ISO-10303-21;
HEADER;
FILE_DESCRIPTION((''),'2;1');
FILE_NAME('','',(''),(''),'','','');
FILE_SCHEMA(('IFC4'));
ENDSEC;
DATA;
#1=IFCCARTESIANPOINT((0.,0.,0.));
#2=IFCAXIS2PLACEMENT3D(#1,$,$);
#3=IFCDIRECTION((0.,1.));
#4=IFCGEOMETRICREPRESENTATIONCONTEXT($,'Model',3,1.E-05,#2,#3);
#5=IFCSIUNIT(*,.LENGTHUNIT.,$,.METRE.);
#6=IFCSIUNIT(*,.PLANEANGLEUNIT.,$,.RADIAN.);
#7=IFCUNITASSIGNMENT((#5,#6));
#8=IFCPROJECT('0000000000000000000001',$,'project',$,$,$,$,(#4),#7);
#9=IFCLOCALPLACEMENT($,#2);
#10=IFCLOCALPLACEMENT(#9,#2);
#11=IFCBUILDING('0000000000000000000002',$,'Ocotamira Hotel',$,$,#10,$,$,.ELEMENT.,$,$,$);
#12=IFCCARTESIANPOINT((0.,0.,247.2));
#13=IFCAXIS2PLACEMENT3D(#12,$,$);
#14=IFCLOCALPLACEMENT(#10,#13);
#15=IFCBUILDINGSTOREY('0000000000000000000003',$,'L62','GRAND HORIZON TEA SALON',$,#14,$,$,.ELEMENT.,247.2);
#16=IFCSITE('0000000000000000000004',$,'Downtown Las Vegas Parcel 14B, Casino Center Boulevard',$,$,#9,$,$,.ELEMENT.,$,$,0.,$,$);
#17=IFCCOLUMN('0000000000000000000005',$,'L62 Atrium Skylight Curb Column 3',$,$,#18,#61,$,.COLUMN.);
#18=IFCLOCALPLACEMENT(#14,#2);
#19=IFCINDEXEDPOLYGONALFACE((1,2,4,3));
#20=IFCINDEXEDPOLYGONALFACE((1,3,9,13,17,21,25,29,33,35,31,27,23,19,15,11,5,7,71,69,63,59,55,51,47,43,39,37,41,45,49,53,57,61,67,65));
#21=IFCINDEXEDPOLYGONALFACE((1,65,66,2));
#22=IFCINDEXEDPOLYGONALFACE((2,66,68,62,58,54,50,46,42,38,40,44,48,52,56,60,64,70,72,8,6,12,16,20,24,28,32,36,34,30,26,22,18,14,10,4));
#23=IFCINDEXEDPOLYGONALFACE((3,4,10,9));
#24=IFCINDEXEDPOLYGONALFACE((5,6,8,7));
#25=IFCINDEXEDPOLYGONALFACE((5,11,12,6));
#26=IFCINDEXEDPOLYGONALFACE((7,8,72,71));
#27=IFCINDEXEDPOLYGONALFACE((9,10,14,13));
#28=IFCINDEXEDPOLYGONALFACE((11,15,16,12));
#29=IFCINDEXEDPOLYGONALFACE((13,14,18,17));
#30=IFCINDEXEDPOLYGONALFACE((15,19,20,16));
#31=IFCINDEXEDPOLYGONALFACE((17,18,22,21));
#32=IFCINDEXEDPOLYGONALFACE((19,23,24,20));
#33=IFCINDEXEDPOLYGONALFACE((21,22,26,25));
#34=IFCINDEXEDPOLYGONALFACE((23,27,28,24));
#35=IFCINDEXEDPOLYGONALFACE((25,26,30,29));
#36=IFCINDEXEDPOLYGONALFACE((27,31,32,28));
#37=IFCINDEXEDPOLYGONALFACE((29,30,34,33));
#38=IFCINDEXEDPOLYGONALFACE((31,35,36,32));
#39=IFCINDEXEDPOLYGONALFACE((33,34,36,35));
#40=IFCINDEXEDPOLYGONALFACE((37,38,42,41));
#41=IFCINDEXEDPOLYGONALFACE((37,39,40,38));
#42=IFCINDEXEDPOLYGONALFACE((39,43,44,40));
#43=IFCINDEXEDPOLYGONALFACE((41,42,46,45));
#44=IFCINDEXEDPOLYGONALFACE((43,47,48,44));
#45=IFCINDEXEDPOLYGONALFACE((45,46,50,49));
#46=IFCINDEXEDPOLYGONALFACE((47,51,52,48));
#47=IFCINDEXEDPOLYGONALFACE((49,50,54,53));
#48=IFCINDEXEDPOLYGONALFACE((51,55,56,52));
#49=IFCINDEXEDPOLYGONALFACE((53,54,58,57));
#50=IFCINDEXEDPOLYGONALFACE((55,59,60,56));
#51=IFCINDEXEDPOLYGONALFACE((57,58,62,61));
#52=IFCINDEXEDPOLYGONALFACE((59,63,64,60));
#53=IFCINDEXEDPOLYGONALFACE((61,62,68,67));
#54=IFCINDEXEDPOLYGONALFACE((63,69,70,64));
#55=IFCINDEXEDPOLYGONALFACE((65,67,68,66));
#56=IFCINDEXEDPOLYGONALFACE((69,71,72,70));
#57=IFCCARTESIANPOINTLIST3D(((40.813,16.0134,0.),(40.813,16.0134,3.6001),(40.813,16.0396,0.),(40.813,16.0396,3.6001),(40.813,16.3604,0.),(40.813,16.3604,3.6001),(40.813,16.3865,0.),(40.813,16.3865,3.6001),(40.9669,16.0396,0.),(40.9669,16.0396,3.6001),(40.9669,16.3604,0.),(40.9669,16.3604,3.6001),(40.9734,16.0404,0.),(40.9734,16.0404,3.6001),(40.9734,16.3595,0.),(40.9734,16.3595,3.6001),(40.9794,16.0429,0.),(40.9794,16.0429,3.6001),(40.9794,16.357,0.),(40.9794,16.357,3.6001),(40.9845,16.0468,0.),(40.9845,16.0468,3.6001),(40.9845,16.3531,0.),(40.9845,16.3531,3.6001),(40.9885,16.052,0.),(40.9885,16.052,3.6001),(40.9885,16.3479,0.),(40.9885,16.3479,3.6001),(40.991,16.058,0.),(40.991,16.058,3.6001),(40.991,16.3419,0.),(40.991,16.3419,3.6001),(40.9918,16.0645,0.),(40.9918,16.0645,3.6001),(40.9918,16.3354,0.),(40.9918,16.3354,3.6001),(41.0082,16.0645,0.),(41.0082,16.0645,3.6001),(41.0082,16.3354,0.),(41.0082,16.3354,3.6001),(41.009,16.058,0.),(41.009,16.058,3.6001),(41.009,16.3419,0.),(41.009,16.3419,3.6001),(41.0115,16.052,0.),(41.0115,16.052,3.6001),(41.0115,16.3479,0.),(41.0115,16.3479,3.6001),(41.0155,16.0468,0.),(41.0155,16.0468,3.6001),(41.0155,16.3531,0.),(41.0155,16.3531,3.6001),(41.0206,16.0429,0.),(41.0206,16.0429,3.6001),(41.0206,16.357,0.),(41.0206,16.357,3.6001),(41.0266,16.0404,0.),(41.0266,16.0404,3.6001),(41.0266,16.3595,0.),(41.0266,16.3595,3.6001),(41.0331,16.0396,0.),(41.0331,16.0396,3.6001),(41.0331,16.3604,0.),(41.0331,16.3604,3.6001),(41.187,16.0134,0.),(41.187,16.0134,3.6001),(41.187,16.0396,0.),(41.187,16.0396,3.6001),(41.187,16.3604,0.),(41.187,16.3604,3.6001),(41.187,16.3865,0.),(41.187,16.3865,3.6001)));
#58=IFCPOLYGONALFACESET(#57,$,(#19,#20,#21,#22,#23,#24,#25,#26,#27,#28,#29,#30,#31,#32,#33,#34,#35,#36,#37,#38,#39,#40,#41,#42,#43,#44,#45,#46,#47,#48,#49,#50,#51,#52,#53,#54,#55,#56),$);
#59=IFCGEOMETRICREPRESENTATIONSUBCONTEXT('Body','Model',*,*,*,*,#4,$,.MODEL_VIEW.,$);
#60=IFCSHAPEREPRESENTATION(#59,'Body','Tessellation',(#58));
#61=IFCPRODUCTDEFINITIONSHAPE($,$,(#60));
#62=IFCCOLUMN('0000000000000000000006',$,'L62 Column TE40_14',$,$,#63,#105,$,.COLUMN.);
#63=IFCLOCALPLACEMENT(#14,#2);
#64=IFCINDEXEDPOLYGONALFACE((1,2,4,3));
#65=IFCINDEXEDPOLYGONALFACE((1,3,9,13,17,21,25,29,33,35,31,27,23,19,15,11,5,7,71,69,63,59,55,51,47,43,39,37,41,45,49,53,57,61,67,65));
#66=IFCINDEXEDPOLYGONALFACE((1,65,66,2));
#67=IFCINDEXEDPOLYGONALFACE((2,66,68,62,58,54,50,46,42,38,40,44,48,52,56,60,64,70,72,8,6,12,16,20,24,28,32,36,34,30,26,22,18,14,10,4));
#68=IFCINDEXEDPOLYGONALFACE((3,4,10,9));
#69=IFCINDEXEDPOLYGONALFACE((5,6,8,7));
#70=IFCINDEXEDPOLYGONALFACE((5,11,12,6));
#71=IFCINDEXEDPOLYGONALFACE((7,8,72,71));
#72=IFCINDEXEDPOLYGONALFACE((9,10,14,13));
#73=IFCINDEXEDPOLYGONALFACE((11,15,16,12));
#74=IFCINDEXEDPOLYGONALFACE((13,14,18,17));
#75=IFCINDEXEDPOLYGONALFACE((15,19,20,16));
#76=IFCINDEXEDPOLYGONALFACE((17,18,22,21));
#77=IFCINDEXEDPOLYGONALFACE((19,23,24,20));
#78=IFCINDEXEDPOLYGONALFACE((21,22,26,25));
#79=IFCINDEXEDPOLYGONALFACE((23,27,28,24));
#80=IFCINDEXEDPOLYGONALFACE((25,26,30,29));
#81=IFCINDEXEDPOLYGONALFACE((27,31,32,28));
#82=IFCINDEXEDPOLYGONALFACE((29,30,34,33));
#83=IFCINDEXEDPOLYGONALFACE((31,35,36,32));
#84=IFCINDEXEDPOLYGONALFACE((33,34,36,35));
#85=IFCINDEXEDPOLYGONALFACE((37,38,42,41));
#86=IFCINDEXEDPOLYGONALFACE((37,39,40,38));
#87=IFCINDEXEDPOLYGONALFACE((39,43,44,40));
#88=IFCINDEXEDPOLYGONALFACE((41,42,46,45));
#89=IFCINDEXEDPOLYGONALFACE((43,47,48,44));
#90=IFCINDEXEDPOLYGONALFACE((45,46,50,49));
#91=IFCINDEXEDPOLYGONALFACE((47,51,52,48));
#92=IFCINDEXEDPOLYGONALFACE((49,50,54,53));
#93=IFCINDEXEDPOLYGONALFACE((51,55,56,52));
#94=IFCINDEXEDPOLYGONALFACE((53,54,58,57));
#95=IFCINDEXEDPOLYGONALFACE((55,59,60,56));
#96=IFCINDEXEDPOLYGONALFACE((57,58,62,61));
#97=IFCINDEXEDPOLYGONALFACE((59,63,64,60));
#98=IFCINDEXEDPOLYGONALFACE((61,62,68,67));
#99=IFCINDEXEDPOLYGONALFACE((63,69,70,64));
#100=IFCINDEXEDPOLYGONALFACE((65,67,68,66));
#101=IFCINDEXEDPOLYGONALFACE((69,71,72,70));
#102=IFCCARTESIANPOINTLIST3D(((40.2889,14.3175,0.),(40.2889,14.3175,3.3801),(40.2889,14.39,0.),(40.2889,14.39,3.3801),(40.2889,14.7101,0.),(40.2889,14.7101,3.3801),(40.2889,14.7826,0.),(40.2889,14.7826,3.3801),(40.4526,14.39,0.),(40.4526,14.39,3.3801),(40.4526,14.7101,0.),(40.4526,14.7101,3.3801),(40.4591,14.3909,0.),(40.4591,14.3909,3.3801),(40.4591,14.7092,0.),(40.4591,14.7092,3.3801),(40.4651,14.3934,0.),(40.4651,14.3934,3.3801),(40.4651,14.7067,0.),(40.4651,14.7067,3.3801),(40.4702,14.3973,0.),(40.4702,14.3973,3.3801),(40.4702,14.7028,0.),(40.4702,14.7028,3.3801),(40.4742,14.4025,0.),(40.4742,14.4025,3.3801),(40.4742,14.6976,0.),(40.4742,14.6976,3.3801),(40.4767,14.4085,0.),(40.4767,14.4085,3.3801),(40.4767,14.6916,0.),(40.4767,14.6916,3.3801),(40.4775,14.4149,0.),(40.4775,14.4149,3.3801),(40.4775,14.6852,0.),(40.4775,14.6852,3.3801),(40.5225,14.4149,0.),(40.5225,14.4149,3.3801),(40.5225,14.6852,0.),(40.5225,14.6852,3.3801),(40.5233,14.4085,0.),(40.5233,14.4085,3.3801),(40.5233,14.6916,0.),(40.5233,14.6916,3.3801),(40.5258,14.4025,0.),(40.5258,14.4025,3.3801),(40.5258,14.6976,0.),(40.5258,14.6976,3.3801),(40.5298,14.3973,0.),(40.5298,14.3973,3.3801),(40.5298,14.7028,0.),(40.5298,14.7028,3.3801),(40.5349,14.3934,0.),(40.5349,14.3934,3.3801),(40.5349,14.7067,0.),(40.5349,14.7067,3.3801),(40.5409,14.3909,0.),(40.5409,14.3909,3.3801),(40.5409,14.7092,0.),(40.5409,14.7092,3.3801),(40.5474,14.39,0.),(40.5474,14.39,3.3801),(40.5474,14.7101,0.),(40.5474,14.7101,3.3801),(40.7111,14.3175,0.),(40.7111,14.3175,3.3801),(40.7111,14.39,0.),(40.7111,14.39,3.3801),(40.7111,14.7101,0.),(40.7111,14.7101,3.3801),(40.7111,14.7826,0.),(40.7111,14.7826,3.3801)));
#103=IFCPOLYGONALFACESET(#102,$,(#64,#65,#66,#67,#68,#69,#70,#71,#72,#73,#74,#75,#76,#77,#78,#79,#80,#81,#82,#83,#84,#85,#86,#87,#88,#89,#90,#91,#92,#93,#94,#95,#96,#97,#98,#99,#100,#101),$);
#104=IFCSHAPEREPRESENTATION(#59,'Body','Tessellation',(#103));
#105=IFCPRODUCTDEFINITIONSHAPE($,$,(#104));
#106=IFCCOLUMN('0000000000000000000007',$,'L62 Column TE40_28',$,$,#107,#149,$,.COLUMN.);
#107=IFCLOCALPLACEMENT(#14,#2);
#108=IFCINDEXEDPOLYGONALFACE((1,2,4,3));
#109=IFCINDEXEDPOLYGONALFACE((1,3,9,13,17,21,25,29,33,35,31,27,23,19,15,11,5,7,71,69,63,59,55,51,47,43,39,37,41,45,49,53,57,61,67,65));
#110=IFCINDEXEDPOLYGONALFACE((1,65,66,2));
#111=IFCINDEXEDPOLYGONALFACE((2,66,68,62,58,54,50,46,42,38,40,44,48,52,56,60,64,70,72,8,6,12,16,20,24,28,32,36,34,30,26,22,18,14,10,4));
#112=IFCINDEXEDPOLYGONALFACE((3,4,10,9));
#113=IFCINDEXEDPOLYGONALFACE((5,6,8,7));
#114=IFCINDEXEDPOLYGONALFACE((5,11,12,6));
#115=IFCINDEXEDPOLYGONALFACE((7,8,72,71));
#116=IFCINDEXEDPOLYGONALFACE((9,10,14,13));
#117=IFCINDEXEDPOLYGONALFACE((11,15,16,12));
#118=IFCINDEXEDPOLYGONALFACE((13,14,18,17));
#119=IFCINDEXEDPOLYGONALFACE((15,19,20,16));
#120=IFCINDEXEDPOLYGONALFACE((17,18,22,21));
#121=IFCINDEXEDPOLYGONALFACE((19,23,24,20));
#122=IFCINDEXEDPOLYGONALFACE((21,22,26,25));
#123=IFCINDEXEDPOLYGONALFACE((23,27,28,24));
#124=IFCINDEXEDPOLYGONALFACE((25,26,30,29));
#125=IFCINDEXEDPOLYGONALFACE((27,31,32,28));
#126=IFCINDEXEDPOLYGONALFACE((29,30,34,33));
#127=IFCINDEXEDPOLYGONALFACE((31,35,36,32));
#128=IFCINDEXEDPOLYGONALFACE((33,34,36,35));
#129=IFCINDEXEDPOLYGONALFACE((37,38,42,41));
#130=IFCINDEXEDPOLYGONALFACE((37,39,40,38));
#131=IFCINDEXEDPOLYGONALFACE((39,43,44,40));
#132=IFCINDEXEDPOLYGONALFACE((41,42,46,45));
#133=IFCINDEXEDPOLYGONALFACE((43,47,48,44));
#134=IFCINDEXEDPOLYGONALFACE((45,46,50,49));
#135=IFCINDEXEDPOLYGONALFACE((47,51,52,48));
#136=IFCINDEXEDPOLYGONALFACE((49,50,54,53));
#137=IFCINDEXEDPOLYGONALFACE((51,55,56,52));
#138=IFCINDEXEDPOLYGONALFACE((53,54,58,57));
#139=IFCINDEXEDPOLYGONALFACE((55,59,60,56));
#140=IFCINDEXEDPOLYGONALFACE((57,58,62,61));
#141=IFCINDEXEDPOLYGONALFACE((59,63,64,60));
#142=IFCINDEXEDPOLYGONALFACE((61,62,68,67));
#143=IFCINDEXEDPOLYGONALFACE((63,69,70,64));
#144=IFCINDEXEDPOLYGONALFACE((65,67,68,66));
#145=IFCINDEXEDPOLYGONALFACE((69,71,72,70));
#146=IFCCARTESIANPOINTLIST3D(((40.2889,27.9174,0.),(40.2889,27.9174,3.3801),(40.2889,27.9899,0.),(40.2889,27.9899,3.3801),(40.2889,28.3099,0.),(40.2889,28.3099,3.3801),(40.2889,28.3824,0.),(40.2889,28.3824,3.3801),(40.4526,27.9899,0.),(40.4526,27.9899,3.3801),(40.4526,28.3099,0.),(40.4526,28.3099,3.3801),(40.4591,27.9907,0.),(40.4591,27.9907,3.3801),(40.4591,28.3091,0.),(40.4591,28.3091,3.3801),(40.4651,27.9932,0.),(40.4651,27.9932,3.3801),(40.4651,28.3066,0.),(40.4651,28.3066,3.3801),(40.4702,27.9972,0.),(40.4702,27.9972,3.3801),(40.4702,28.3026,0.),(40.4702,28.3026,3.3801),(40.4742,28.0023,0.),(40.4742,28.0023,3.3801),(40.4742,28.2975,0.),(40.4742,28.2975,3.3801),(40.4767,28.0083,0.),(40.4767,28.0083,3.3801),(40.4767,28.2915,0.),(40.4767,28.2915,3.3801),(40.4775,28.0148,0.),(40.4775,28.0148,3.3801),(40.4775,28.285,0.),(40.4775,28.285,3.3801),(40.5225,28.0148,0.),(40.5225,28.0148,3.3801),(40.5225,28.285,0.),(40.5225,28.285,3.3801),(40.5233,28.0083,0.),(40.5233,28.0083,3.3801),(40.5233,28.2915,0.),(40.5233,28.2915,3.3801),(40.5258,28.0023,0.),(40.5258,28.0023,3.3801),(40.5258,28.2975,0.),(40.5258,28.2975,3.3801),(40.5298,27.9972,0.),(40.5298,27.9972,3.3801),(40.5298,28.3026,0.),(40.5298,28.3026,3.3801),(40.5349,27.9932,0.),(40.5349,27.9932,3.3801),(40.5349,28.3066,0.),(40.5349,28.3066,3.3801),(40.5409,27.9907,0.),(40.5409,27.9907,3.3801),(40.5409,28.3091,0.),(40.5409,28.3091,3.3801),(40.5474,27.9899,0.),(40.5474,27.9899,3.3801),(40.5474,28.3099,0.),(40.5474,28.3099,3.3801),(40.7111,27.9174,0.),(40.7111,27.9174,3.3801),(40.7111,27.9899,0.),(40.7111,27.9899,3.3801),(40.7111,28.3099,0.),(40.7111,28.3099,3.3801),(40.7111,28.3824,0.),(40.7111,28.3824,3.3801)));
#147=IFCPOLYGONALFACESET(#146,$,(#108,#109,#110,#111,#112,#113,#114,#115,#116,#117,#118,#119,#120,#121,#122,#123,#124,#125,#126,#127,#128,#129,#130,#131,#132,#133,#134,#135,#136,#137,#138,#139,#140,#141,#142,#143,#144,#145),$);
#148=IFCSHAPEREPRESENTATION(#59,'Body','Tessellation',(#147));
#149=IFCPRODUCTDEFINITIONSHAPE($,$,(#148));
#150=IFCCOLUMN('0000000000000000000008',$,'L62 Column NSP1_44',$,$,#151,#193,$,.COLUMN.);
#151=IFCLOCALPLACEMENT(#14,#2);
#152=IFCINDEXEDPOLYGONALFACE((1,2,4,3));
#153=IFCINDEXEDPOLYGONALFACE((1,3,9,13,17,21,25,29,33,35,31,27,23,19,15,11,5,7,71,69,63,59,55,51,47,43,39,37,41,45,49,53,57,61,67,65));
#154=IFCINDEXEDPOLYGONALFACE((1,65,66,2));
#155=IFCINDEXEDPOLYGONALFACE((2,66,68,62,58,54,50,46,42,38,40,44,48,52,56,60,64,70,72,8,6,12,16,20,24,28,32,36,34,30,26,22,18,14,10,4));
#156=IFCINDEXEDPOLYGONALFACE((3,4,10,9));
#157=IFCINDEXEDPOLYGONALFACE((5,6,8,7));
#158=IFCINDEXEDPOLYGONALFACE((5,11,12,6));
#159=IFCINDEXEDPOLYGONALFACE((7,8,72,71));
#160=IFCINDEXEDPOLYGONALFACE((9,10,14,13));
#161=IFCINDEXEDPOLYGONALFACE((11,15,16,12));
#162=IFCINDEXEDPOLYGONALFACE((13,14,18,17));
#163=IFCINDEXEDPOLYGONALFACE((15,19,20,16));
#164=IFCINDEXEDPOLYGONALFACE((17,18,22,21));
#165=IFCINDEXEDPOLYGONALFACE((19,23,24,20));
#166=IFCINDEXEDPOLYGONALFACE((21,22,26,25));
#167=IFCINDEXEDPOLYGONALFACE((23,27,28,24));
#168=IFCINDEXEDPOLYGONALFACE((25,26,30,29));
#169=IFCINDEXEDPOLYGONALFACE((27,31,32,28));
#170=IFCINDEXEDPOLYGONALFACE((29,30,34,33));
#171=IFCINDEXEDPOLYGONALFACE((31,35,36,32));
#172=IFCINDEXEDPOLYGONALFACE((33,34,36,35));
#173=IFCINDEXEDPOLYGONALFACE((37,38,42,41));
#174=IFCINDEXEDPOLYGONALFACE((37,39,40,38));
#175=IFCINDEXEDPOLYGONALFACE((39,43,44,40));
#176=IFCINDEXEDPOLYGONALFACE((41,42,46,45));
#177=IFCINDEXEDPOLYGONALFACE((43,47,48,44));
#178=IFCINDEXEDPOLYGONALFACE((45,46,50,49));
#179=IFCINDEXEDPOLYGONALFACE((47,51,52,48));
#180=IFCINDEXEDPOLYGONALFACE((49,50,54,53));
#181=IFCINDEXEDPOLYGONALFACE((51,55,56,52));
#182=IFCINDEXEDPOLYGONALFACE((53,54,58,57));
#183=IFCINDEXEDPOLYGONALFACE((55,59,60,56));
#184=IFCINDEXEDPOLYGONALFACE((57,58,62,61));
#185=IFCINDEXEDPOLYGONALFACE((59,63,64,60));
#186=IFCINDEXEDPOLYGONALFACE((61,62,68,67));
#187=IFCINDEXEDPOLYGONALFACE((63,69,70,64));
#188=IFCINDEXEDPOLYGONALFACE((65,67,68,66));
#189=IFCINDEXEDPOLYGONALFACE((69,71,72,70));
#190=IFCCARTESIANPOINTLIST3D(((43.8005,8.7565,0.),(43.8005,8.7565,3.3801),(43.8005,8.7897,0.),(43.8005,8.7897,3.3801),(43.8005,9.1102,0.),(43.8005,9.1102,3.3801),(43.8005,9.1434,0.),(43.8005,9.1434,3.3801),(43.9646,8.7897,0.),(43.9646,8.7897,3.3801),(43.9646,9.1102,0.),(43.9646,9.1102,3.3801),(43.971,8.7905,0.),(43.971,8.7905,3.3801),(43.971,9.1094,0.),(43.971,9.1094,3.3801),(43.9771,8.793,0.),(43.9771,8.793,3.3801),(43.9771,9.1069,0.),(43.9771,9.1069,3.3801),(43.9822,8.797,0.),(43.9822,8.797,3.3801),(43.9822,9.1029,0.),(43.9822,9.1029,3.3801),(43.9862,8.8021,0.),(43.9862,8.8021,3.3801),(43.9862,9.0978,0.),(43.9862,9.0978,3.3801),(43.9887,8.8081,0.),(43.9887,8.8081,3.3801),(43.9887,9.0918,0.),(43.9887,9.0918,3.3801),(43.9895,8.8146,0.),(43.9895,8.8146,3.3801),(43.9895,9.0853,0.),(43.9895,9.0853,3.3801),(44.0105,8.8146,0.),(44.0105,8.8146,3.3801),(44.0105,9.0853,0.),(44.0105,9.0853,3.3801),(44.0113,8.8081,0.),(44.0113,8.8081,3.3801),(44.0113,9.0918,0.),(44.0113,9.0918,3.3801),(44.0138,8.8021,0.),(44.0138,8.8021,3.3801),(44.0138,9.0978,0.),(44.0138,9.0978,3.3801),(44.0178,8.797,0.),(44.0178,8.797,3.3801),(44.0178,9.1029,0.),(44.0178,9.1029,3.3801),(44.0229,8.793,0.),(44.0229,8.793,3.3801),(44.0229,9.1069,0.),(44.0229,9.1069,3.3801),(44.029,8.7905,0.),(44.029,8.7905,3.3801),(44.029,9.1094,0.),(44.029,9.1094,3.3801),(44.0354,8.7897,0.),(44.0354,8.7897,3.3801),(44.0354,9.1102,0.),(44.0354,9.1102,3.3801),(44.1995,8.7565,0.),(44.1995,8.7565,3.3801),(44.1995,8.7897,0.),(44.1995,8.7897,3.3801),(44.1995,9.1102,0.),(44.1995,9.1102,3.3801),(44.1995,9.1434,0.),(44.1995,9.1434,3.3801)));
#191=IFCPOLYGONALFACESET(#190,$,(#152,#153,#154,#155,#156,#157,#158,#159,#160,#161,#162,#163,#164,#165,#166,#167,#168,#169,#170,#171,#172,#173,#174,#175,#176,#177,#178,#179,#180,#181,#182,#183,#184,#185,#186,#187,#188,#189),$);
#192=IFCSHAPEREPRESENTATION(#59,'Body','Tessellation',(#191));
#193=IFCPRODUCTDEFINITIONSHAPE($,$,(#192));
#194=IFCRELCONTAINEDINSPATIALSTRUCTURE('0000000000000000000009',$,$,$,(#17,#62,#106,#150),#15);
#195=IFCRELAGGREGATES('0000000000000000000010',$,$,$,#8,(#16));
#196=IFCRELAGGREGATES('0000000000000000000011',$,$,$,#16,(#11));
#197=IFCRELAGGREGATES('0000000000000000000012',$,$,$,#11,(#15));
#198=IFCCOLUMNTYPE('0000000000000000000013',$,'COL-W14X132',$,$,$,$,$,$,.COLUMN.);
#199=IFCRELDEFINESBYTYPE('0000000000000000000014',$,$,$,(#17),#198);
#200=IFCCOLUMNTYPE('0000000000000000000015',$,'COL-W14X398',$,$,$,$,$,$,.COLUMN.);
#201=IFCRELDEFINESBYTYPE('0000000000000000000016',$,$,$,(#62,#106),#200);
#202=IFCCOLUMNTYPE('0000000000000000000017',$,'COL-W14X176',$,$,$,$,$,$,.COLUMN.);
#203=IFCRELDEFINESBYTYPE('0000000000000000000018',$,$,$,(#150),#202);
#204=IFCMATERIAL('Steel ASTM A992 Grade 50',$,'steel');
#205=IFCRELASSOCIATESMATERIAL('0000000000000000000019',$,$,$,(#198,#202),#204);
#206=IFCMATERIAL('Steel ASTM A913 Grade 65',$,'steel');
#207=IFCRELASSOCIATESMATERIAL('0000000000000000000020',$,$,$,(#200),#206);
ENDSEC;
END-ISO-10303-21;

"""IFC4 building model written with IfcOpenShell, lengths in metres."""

from ifc_helpers import new_model, si_unit, direction, frame, origin, origin_2d, place, context, subcontext, project, spatial, i_section, extrude, source, transform, mapped, material, material_profile, profile_set, type_object, element, save


model = new_model("IFC4")

# Units and contexts
model_context = context("Model", 3, precision=1e-05, world=origin(), true_north=direction((0.0, 1.0)))
body_context = subcontext(model_context, "Body", "Model", "MODEL_VIEW")
ifc_project = project(units=[si_unit("LENGTHUNIT", "METRE"), si_unit("PLANEANGLEUNIT", "RADIAN")], contexts=[model_context])

# Site, building, storey
site_placement = place(None, origin())
site = spatial("IfcSite", under=ifc_project, at=site_placement, Name="Downtown Las Vegas Parcel 14B, Casino Center Boulevard", CompositionType="ELEMENT", RefElevation=0.0)
building_placement = place(site_placement, origin())
building = spatial("IfcBuilding", under=site, at=building_placement, Name="Ocotamira Hotel", CompositionType="ELEMENT")
storey_placement = place(building_placement, frame((0.0, 0.0, 247.2)))
storey = spatial("IfcBuildingStorey", under=building, at=storey_placement, Name="L62", Description="GRAND HORIZON TEA SALON", CompositionType="ELEMENT", Elevation=247.2)

# Columns
ifc_material_1 = material(Name="Steel ASTM A992 Grade 50", Category="steel")
ifc_material_profile_1 = material_profile(ifc_material_1, i_section(OverallWidth=0.374, OverallDepth=0.373, WebThickness=0.0164, FlangeThickness=0.0261, FilletRadius=0.0249, at=origin_2d()), Name="W14X132")
ifc_profile_set_1 = profile_set([ifc_material_profile_1], Name="Steel ASTM A992 Grade 50")
column_type_1 = type_object("IfcColumnType", Name="COL-W14X132", PredefinedType="COLUMN", material=ifc_profile_set_1)
shared_shape_1 = source(origin(), body_context, "Body", "SweptSolid", [
    extrude(i_section(OverallWidth=0.374, OverallDepth=0.373, WebThickness=0.0164, FlangeThickness=0.0261, FilletRadius=0.0249, at=origin_2d()), origin(), (0.0, 0.0, 1.0), 3.6001),
])
column_1_placement = place(storey_placement, frame((41.0, 16.2, 0.0), z_axis=(0.0, 0.0, 1.0), x_axis=(1.0, 0.0, 0.0)))
element("IfcColumn", 1, at=column_1_placement, inside=storey, type_object=column_type_1, Name="L62 Atrium Skylight Curb Column 3", PredefinedType="COLUMN", context=body_context, shape_type="MappedRepresentation", body=[
    mapped(shared_shape_1, transform((0.0, 0.0, 0.0), scale=1.0)),
])
ifc_material_2 = material(Name="Steel ASTM A913 Grade 65", Category="steel")
ifc_material_profile_2 = material_profile(ifc_material_2, i_section(OverallWidth=0.4221, OverallDepth=0.4651, WebThickness=0.0449, FlangeThickness=0.0725, FilletRadius=0.0249, at=origin_2d()), Name="W14X398")
ifc_profile_set_2 = profile_set([ifc_material_profile_2], Name="Steel ASTM A913 Grade 65")
column_type_2 = type_object("IfcColumnType", Name="COL-W14X398", PredefinedType="COLUMN", material=ifc_profile_set_2)
shared_shape_2 = source(origin(), body_context, "Body", "SweptSolid", [
    extrude(i_section(OverallWidth=0.4221, OverallDepth=0.4651, WebThickness=0.0449, FlangeThickness=0.0725, FilletRadius=0.0249, at=origin_2d()), origin(), (0.0, 0.0, 1.0), 3.3801),
])
for number, where, z_axis, x_axis, name in (
    (2, (40.5, 14.55, 0.0), (0.0, 0.0, 1.0), (1.0, 0.0, 0.0), "L62 Column TE40_14"),
    (3, (40.5, 28.1499, 0.0), (0.0, 0.0, 1.0), (1.0, 0.0, 0.0), "L62 Column TE40_28"),
):
    element("IfcColumn", number, at=place(storey_placement, frame(where, z_axis=z_axis, x_axis=x_axis)), inside=storey, type_object=column_type_2, Name=name, PredefinedType="COLUMN", context=body_context, shape_type="MappedRepresentation", body=[
        mapped(shared_shape_2, transform((0.0, 0.0, 0.0), scale=1.0)),
    ])
ifc_material_profile_3 = material_profile(ifc_material_1, i_section(OverallWidth=0.3989, OverallDepth=0.387, WebThickness=0.021, FlangeThickness=0.0332, FilletRadius=0.0249, at=origin_2d()), Name="W14X176")
ifc_profile_set_3 = profile_set([ifc_material_profile_3], Name="Steel ASTM A992 Grade 50")
column_type_3 = type_object("IfcColumnType", Name="COL-W14X176", PredefinedType="COLUMN", material=ifc_profile_set_3)
shared_shape_3 = source(origin(), body_context, "Body", "SweptSolid", [
    extrude(i_section(OverallWidth=0.3989, OverallDepth=0.387, WebThickness=0.021, FlangeThickness=0.0332, FilletRadius=0.0249, at=origin_2d()), origin(), (0.0, 0.0, 1.0), 3.3801),
])
column_2_placement = place(storey_placement, frame((44.0, 8.95, 0.0), z_axis=(0.0, 0.0, 1.0), x_axis=(1.0, 0.0, 0.0)))
element("IfcColumn", 4, at=column_2_placement, inside=storey, type_object=column_type_3, Name="L62 Column NSP1_44", PredefinedType="COLUMN", context=body_context, shape_type="MappedRepresentation", body=[
    mapped(shared_shape_3, transform((0.0, 0.0, 0.0), scale=1.0)),
])

save(model, "model.ifc")
